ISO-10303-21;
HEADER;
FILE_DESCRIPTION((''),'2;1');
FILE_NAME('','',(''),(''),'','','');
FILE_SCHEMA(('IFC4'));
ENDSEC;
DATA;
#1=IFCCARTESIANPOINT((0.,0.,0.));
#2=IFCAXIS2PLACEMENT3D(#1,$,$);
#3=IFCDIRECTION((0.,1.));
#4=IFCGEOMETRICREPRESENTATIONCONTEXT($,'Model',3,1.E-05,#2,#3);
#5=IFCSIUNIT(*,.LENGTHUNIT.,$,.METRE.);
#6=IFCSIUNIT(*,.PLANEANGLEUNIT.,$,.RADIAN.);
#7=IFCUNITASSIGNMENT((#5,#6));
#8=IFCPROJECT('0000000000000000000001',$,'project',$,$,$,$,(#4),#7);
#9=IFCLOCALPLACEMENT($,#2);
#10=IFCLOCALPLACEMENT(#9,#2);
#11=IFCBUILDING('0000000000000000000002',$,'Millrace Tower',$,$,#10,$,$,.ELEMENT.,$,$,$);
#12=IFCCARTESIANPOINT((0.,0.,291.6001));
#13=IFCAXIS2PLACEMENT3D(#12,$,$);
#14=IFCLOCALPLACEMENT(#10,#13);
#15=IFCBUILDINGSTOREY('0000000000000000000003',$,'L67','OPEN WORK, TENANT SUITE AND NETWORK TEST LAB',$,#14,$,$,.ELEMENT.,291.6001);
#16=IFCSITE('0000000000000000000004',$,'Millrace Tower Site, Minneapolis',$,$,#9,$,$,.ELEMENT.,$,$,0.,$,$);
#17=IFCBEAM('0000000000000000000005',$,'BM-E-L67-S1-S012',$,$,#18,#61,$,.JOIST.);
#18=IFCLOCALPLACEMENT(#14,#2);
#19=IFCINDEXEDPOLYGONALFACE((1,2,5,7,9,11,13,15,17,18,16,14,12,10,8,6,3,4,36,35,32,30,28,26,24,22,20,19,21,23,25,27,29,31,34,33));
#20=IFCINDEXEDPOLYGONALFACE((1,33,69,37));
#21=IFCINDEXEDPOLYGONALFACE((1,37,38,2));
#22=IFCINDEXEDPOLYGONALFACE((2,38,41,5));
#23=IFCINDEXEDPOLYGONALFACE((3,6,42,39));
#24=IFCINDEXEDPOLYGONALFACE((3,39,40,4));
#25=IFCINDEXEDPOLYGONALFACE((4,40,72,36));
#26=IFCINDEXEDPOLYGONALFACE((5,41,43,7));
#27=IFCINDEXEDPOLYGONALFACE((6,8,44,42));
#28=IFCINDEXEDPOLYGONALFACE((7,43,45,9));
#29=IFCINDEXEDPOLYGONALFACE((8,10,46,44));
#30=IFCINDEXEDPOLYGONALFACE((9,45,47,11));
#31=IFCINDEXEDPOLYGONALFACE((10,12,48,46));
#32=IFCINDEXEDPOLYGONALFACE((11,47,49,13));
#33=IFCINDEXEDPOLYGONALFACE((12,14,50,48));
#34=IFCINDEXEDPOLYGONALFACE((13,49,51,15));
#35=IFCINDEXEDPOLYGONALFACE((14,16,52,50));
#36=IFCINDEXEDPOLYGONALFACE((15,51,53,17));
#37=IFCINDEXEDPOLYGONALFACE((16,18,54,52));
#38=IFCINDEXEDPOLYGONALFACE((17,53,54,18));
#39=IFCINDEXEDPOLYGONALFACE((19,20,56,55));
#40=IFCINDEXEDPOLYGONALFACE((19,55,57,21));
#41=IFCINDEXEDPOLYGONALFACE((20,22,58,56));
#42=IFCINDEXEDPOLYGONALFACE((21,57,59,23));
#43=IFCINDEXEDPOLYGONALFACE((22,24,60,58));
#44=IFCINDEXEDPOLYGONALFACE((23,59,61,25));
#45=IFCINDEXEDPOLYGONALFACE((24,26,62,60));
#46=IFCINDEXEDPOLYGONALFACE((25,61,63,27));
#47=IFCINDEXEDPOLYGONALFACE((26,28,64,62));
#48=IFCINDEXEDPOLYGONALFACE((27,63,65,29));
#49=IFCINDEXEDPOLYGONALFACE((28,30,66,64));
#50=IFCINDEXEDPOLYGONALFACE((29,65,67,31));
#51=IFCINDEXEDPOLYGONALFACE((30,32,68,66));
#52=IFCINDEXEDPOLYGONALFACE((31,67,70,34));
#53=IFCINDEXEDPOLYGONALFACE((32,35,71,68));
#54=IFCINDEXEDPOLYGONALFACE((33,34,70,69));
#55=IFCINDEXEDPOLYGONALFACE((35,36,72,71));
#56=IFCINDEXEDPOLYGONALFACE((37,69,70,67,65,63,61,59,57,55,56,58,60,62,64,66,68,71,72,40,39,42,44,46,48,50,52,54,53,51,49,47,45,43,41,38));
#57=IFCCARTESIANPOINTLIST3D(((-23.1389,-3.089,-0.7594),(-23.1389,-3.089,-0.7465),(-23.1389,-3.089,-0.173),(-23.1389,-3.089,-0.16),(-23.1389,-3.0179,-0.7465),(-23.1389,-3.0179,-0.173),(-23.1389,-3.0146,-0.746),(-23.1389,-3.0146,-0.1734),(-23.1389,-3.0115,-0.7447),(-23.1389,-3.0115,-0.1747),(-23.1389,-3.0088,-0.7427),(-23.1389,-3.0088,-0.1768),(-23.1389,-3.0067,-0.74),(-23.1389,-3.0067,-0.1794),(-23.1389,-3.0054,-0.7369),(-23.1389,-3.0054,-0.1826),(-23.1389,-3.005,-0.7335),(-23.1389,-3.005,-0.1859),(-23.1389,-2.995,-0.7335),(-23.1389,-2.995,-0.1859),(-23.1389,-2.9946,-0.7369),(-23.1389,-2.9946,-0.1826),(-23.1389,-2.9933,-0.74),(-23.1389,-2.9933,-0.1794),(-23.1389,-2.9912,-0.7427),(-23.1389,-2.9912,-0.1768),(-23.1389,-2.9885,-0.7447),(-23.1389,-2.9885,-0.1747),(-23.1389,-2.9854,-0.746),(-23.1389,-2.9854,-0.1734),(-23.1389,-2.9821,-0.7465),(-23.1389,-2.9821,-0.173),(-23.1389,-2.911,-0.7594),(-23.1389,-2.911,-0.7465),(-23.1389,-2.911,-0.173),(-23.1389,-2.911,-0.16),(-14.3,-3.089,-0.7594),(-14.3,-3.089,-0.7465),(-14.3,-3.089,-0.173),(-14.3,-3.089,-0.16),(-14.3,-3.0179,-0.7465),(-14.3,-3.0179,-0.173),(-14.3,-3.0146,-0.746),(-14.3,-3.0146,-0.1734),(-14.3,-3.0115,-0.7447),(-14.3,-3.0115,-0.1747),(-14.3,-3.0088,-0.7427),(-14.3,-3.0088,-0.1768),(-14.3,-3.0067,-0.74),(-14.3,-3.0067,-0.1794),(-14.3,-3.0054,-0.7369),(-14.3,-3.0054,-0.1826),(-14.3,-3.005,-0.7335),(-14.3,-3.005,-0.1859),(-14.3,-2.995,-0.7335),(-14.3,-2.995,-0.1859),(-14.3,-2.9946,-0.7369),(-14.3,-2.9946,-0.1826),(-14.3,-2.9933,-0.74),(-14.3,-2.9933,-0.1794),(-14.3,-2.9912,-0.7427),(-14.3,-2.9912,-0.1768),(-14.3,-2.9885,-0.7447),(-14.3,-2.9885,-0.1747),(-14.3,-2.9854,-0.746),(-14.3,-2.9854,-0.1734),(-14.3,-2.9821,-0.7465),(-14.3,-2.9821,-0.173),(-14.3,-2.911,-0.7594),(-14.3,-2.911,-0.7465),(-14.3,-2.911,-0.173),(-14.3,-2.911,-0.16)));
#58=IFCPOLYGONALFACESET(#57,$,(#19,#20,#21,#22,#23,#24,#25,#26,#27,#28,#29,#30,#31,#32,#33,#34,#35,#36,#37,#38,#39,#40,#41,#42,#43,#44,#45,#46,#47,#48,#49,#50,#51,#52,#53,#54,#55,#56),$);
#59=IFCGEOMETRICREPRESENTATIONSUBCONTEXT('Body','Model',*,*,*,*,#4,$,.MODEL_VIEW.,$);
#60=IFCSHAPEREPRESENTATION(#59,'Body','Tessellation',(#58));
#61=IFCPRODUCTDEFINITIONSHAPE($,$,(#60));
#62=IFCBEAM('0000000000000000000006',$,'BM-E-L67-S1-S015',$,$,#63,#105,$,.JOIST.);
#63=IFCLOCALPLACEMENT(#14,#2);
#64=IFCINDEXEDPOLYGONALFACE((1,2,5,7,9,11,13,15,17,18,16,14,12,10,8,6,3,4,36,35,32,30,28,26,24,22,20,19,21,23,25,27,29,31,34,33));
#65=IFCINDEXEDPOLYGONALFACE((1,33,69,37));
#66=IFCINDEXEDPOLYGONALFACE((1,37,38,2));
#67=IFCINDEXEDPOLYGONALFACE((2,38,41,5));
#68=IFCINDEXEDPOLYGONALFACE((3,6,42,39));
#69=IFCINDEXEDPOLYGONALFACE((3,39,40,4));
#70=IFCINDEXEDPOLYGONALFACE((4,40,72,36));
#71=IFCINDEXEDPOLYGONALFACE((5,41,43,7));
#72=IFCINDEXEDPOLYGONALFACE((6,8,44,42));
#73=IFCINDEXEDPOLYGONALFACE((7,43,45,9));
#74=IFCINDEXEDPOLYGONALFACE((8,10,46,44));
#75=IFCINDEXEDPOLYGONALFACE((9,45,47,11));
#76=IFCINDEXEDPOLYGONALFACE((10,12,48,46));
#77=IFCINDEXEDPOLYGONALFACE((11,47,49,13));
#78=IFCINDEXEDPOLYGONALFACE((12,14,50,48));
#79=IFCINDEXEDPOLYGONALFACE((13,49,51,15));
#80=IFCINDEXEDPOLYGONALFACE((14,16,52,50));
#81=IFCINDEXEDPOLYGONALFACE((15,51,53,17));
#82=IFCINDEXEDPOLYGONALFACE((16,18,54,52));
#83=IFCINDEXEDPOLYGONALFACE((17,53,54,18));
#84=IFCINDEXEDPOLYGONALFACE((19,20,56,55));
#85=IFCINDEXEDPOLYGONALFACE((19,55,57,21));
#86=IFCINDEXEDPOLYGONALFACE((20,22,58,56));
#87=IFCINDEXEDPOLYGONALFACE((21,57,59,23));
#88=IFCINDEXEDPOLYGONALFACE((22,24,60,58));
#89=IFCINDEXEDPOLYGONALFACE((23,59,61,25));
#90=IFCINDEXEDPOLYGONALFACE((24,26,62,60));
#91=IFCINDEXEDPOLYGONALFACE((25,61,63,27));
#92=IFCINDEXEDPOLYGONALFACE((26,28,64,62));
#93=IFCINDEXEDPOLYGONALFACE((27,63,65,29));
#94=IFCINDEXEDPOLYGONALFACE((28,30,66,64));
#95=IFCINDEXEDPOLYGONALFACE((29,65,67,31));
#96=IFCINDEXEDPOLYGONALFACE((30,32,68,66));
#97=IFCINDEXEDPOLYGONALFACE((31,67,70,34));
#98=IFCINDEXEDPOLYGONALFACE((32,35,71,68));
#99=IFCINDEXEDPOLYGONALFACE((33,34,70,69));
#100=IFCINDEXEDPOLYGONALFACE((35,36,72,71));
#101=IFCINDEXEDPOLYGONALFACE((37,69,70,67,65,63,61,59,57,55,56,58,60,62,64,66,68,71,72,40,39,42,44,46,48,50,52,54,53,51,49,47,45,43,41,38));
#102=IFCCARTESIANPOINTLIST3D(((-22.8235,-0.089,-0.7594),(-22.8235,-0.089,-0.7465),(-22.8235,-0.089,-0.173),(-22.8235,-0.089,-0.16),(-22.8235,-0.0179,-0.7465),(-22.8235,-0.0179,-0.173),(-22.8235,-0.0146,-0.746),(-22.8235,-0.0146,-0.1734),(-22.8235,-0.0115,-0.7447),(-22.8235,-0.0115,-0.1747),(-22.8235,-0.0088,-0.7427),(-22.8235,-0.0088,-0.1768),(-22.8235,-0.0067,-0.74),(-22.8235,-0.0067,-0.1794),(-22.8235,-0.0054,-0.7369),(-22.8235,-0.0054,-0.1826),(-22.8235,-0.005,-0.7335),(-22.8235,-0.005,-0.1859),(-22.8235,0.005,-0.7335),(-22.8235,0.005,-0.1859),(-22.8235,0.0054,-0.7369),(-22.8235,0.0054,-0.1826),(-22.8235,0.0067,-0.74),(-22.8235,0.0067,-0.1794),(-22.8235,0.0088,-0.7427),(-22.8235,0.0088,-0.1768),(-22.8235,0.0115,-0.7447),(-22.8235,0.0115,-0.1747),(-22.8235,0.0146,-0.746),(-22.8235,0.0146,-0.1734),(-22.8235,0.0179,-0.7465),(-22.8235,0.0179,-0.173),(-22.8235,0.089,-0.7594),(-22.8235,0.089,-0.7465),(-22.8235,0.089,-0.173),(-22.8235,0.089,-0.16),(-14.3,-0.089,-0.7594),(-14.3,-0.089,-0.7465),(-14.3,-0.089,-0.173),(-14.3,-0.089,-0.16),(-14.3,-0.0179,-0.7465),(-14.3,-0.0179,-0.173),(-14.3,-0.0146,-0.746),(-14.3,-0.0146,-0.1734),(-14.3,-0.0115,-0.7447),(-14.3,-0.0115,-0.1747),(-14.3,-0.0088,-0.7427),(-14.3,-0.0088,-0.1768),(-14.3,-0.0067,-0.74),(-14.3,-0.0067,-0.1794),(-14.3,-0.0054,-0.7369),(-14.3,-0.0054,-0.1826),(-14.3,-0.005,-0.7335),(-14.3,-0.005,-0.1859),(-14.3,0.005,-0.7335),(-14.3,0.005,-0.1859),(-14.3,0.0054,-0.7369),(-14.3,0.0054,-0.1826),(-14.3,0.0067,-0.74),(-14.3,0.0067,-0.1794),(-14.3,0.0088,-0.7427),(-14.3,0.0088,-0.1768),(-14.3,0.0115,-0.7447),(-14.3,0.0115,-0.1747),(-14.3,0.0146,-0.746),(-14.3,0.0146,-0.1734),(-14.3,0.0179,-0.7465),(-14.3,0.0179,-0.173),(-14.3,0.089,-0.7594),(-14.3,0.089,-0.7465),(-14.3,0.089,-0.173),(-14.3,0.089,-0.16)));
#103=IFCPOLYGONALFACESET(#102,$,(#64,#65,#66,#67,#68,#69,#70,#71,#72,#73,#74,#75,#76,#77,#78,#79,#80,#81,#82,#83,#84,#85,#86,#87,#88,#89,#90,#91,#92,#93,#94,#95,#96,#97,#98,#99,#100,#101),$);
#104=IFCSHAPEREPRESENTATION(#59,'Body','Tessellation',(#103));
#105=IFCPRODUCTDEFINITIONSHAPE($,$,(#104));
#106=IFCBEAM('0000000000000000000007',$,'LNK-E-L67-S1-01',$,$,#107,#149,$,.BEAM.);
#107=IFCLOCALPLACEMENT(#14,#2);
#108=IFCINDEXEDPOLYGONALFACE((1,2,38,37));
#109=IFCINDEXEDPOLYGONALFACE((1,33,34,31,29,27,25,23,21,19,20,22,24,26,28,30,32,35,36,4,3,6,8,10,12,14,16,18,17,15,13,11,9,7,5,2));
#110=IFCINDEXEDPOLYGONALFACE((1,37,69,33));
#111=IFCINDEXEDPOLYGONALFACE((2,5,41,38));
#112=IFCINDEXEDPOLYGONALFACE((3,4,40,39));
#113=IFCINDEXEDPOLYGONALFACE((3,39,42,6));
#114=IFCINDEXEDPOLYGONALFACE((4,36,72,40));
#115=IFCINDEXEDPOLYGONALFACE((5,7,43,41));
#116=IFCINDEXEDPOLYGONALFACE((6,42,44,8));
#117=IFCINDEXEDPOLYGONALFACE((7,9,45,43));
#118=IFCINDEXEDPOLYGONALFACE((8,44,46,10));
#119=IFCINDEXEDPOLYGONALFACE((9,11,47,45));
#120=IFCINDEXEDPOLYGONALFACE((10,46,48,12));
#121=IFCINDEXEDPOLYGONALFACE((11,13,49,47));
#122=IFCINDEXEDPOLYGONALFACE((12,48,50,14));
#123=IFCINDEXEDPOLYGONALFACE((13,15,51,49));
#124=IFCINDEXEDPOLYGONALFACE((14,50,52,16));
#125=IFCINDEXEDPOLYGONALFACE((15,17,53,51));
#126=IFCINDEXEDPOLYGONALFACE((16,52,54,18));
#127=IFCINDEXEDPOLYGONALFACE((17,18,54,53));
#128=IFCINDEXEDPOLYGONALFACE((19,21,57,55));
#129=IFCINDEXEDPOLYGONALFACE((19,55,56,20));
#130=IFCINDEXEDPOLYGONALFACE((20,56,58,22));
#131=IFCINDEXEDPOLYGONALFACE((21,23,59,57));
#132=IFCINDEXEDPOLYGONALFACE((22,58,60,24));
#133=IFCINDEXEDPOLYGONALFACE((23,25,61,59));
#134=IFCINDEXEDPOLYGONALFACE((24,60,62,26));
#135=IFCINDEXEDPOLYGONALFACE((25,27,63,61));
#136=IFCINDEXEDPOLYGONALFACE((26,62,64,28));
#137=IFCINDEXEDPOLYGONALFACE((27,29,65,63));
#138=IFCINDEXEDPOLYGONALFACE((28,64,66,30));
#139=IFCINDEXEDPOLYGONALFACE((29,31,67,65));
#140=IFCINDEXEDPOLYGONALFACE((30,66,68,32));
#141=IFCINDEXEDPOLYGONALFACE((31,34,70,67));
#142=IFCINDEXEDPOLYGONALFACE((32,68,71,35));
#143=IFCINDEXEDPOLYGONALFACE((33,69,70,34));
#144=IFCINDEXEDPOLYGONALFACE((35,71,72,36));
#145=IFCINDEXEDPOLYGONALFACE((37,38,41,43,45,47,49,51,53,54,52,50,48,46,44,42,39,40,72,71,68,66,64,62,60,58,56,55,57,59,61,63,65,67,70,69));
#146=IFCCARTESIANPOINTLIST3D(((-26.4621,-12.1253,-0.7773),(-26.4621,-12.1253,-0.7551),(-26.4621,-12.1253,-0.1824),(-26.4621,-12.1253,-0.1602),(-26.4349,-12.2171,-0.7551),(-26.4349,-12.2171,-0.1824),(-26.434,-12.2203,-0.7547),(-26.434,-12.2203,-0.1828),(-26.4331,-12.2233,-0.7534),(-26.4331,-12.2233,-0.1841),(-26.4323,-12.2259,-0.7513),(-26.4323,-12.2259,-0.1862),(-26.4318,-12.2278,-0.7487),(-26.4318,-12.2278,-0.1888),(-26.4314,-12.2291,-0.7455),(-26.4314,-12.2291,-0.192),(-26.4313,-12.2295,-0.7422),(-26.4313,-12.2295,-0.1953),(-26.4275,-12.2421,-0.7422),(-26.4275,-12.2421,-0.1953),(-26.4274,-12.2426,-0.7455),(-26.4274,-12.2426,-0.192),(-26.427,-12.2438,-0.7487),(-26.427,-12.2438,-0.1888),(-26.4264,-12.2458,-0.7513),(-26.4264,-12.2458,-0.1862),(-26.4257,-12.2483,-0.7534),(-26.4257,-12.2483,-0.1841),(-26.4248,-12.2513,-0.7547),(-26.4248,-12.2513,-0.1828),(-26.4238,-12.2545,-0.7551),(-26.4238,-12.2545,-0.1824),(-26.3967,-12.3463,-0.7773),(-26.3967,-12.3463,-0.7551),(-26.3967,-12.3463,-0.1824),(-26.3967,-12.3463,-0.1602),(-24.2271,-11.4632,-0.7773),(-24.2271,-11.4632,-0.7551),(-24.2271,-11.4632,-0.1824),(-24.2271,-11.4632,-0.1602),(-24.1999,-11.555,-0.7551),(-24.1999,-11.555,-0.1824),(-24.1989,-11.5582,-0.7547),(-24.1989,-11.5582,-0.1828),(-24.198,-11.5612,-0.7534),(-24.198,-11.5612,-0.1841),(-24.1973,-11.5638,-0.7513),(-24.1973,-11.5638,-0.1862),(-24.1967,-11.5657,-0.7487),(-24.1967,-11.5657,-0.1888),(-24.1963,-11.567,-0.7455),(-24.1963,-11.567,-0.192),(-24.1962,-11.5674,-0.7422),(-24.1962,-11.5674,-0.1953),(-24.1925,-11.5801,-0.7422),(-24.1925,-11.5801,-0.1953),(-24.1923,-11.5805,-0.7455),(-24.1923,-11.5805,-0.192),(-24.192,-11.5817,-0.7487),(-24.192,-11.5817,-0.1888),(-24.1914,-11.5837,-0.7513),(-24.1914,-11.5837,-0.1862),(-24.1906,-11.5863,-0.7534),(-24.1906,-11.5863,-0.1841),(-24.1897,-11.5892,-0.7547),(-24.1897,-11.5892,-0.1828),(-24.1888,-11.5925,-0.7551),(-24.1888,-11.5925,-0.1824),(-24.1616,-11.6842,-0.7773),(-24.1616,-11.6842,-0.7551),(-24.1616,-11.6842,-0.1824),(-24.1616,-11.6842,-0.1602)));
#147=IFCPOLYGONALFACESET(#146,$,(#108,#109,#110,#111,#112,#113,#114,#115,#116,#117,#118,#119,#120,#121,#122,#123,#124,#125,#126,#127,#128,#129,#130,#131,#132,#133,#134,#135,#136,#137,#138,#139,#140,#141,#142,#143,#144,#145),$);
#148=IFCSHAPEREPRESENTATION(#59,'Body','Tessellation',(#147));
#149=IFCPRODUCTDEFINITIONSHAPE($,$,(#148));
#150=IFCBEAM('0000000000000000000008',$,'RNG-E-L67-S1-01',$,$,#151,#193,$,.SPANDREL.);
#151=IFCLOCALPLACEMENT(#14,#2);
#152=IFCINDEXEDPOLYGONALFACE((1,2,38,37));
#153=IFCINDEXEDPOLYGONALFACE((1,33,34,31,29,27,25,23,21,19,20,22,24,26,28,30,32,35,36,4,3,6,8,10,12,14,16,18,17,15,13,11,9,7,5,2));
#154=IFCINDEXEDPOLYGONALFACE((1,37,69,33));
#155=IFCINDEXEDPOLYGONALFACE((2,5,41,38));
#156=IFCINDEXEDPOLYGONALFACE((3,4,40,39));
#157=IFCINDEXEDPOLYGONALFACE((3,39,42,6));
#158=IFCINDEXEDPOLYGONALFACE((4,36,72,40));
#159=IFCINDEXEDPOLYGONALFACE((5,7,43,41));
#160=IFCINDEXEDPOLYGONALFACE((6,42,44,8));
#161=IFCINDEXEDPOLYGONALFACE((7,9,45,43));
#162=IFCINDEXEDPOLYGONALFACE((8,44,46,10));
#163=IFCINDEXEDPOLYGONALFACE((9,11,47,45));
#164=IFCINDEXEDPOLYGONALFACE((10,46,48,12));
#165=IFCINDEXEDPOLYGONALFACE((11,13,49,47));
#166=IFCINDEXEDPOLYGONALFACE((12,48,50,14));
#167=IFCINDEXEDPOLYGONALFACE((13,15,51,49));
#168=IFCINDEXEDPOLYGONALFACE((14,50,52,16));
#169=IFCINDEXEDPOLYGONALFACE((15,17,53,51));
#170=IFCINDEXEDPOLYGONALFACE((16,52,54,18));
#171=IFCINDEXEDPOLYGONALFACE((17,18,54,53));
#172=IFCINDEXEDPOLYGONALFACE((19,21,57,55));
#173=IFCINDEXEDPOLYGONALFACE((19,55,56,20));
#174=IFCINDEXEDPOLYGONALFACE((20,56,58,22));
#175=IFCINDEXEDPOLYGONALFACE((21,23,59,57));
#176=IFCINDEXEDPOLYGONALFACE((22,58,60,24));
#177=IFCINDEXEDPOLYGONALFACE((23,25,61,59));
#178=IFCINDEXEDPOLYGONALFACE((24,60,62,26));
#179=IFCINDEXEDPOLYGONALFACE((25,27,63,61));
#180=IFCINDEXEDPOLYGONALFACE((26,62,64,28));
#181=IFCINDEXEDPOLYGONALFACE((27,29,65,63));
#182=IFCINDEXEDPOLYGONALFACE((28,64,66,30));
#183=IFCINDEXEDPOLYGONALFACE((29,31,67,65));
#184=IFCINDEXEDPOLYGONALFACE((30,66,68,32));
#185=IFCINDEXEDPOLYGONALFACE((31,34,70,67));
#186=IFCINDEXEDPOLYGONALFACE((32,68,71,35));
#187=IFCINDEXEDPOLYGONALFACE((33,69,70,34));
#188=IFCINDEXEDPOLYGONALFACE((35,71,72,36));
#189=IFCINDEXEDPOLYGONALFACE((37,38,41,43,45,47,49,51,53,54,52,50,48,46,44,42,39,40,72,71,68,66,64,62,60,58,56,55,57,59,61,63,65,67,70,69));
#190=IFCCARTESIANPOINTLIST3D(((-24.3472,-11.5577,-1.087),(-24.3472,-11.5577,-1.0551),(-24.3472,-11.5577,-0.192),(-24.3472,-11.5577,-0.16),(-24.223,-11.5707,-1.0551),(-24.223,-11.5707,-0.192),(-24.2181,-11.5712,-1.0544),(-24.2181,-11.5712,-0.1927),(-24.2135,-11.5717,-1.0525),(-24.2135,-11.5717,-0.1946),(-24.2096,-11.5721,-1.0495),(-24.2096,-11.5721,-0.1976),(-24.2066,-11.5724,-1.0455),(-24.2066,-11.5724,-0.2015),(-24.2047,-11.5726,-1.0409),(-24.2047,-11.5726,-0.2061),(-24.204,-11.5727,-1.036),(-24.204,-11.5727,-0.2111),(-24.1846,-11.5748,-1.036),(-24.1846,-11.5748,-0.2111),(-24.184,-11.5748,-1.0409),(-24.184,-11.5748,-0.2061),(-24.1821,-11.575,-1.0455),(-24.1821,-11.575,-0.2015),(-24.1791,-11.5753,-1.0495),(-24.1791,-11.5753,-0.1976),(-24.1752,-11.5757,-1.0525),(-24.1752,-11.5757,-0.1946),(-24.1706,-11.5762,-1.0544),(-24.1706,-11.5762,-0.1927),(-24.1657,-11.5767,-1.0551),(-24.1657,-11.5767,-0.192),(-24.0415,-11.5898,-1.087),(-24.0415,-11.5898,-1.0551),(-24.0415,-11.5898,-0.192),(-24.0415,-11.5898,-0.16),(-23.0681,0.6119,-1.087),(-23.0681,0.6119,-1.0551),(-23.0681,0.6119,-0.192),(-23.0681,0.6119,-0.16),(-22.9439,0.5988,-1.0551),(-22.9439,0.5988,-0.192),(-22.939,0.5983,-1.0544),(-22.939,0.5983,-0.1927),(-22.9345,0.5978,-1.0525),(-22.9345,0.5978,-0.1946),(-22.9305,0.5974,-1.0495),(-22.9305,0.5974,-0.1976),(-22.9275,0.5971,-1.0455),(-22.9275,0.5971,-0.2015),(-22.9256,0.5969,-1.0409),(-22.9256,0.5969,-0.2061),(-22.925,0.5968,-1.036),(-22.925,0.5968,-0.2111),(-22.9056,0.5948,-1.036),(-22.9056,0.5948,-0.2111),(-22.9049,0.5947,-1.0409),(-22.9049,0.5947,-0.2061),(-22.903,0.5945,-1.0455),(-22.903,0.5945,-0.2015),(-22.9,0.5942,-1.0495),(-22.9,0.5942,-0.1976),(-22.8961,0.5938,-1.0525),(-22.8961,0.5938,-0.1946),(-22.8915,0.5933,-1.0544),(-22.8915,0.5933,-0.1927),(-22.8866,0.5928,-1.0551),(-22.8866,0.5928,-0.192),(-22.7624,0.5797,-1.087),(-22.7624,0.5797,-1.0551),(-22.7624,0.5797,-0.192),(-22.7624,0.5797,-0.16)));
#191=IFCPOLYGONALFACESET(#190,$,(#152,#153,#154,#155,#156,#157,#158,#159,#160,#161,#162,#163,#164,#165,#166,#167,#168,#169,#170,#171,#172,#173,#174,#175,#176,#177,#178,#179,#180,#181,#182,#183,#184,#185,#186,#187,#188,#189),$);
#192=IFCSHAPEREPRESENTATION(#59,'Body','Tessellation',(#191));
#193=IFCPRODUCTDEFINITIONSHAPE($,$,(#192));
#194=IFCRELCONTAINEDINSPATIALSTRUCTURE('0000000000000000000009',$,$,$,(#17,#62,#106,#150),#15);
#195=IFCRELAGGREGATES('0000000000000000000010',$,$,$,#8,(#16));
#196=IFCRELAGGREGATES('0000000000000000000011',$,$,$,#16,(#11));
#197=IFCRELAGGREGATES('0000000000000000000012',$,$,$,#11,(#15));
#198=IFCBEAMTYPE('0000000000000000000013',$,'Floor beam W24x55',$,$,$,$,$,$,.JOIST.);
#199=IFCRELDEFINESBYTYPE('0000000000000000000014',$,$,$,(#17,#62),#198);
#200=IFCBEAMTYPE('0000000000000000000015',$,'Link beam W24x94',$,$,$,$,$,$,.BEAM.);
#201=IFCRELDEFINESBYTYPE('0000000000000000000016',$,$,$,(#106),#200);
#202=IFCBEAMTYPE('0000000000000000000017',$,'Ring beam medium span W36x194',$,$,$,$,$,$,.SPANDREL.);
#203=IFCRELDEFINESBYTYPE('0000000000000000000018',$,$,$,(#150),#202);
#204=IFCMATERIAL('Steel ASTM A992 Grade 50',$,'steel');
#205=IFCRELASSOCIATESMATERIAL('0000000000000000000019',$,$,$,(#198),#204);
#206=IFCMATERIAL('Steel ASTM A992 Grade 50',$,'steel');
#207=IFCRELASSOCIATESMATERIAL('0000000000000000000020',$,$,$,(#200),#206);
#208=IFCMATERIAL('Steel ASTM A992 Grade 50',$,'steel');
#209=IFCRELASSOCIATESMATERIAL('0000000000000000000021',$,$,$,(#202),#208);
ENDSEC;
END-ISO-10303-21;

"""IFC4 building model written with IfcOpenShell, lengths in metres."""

from ifc_helpers import new_model, si_unit, direction, frame, origin, origin_2d, place, context, subcontext, project, spatial, i_section, extrude, material, material_profile, profile_set, type_object, element, save


model = new_model("IFC4")

# Units and contexts
model_context = context("Model", 3, precision=1e-05, world=origin(), true_north=direction((0.0, 1.0)))
body_context = subcontext(model_context, "Body", "Model", "MODEL_VIEW")
ifc_project = project(units=[si_unit("LENGTHUNIT", "METRE"), si_unit("PLANEANGLEUNIT", "RADIAN")], contexts=[model_context])

# Site, building, storey
site_placement = place(None, origin())
site = spatial("IfcSite", under=ifc_project, at=site_placement, Name="Millrace Tower Site, Minneapolis", CompositionType="ELEMENT", RefElevation=0.0)
building_placement = place(site_placement, origin())
building = spatial("IfcBuilding", under=site, at=building_placement, Name="Millrace Tower", CompositionType="ELEMENT")
storey_placement = place(building_placement, frame((0.0, 0.0, 291.6001)))
storey = spatial("IfcBuildingStorey", under=building, at=storey_placement, Name="L67", Description="OPEN WORK, TENANT SUITE AND NETWORK TEST LAB", CompositionType="ELEMENT", Elevation=291.6001)

# Beams
ifc_material_1 = material(Name="Steel ASTM A992 Grade 50", Category="steel")
ifc_material_profile_1 = material_profile(ifc_material_1, i_section(OverallWidth=0.178, OverallDepth=0.5994, WebThickness=0.01, FlangeThickness=0.0129, FilletRadius=0.0129, at=origin_2d()))
ifc_profile_set_1 = profile_set([ifc_material_profile_1], Name="Steel ASTM A992 Grade 50")
beam_type_1 = type_object("IfcBeamType", Name="Floor beam W24x55", PredefinedType="JOIST", material=ifc_profile_set_1)
beam_1_placement = place(storey_placement, frame((-23.1389, -3.0, -0.4597), z_axis=(1.0, 0.0, 0.0), x_axis=(0.0, 1.0, 0.0)))
element("IfcBeam", 1, at=beam_1_placement, inside=storey, type_object=beam_type_1, Name="BM-E-L67-S1-S012", PredefinedType="JOIST", context=body_context, shape_type="SweptSolid", body=[
    extrude(i_section(OverallWidth=0.178, OverallDepth=0.5994, WebThickness=0.01, FlangeThickness=0.0129, FilletRadius=0.0129, at=origin_2d()), origin(), (0.0, 0.0, 1.0), 8.8389),
])
beam_2_placement = place(storey_placement, frame((-22.8235, 0.0, -0.4597), z_axis=(1.0, 0.0, 0.0), x_axis=(0.0, 1.0, 0.0)))
element("IfcBeam", 2, at=beam_2_placement, inside=storey, type_object=beam_type_1, Name="BM-E-L67-S1-S015", PredefinedType="JOIST", context=body_context, shape_type="SweptSolid", body=[
    extrude(i_section(OverallWidth=0.178, OverallDepth=0.5994, WebThickness=0.01, FlangeThickness=0.0129, FilletRadius=0.0129, at=origin_2d()), origin(), (0.0, 0.0, 1.0), 8.5234),
])
ifc_material_2 = material(Name="Steel ASTM A992 Grade 50", Category="steel")
ifc_material_profile_2 = material_profile(ifc_material_2, i_section(OverallWidth=0.2305, OverallDepth=0.6172, WebThickness=0.0132, FlangeThickness=0.0222, FilletRadius=0.0129, at=origin_2d()))
ifc_profile_set_2 = profile_set([ifc_material_profile_2], Name="Steel ASTM A992 Grade 50")
beam_type_2 = type_object("IfcBeamType", Name="Link beam W24x94", PredefinedType="BEAM", material=ifc_profile_set_2)
beam_3_placement = place(storey_placement, frame((-24.1943, -11.5737, -0.4688), z_axis=(-0.958815, -0.284031, 0.0), x_axis=(0.284031, -0.958815, 0.0)))
element("IfcBeam", 3, at=beam_3_placement, inside=storey, type_object=beam_type_2, Name="LNK-E-L67-S1-01", PredefinedType="BEAM", context=body_context, shape_type="SweptSolid", body=[
    extrude(i_section(OverallWidth=0.2305, OverallDepth=0.6172, WebThickness=0.0132, FlangeThickness=0.0222, FilletRadius=0.0129, at=origin_2d()), origin(), (0.0, 0.0, 1.0), 2.3311),
])
ifc_material_3 = material(Name="Steel ASTM A992 Grade 50", Category="steel")
ifc_material_profile_3 = material_profile(ifc_material_3, i_section(OverallWidth=0.3074, OverallDepth=0.927, WebThickness=0.0195, FlangeThickness=0.032, FilletRadius=0.019, at=origin_2d()))
ifc_profile_set_3 = profile_set([ifc_material_profile_3], Name="Steel ASTM A992 Grade 50")
beam_type_3 = type_object("IfcBeamType", Name="Ring beam medium span W36x194", PredefinedType="SPANDREL", material=ifc_profile_set_3)
beam_4_placement = place(storey_placement, frame((-24.1943, -11.5737, -0.6235), z_axis=(0.104528, 0.994522, 0.0), x_axis=(-0.994522, 0.104528, 0.0)))
element("IfcBeam", 4, at=beam_4_placement, inside=storey, type_object=beam_type_3, Name="RNG-E-L67-S1-01", PredefinedType="SPANDREL", context=body_context, shape_type="SweptSolid", body=[
    extrude(i_section(OverallWidth=0.3074, OverallDepth=0.927, WebThickness=0.0195, FlangeThickness=0.032, FilletRadius=0.019, at=origin_2d()), origin(), (0.0, 0.0, 1.0), 12.2366),
])

save(model, "model.ifc")
